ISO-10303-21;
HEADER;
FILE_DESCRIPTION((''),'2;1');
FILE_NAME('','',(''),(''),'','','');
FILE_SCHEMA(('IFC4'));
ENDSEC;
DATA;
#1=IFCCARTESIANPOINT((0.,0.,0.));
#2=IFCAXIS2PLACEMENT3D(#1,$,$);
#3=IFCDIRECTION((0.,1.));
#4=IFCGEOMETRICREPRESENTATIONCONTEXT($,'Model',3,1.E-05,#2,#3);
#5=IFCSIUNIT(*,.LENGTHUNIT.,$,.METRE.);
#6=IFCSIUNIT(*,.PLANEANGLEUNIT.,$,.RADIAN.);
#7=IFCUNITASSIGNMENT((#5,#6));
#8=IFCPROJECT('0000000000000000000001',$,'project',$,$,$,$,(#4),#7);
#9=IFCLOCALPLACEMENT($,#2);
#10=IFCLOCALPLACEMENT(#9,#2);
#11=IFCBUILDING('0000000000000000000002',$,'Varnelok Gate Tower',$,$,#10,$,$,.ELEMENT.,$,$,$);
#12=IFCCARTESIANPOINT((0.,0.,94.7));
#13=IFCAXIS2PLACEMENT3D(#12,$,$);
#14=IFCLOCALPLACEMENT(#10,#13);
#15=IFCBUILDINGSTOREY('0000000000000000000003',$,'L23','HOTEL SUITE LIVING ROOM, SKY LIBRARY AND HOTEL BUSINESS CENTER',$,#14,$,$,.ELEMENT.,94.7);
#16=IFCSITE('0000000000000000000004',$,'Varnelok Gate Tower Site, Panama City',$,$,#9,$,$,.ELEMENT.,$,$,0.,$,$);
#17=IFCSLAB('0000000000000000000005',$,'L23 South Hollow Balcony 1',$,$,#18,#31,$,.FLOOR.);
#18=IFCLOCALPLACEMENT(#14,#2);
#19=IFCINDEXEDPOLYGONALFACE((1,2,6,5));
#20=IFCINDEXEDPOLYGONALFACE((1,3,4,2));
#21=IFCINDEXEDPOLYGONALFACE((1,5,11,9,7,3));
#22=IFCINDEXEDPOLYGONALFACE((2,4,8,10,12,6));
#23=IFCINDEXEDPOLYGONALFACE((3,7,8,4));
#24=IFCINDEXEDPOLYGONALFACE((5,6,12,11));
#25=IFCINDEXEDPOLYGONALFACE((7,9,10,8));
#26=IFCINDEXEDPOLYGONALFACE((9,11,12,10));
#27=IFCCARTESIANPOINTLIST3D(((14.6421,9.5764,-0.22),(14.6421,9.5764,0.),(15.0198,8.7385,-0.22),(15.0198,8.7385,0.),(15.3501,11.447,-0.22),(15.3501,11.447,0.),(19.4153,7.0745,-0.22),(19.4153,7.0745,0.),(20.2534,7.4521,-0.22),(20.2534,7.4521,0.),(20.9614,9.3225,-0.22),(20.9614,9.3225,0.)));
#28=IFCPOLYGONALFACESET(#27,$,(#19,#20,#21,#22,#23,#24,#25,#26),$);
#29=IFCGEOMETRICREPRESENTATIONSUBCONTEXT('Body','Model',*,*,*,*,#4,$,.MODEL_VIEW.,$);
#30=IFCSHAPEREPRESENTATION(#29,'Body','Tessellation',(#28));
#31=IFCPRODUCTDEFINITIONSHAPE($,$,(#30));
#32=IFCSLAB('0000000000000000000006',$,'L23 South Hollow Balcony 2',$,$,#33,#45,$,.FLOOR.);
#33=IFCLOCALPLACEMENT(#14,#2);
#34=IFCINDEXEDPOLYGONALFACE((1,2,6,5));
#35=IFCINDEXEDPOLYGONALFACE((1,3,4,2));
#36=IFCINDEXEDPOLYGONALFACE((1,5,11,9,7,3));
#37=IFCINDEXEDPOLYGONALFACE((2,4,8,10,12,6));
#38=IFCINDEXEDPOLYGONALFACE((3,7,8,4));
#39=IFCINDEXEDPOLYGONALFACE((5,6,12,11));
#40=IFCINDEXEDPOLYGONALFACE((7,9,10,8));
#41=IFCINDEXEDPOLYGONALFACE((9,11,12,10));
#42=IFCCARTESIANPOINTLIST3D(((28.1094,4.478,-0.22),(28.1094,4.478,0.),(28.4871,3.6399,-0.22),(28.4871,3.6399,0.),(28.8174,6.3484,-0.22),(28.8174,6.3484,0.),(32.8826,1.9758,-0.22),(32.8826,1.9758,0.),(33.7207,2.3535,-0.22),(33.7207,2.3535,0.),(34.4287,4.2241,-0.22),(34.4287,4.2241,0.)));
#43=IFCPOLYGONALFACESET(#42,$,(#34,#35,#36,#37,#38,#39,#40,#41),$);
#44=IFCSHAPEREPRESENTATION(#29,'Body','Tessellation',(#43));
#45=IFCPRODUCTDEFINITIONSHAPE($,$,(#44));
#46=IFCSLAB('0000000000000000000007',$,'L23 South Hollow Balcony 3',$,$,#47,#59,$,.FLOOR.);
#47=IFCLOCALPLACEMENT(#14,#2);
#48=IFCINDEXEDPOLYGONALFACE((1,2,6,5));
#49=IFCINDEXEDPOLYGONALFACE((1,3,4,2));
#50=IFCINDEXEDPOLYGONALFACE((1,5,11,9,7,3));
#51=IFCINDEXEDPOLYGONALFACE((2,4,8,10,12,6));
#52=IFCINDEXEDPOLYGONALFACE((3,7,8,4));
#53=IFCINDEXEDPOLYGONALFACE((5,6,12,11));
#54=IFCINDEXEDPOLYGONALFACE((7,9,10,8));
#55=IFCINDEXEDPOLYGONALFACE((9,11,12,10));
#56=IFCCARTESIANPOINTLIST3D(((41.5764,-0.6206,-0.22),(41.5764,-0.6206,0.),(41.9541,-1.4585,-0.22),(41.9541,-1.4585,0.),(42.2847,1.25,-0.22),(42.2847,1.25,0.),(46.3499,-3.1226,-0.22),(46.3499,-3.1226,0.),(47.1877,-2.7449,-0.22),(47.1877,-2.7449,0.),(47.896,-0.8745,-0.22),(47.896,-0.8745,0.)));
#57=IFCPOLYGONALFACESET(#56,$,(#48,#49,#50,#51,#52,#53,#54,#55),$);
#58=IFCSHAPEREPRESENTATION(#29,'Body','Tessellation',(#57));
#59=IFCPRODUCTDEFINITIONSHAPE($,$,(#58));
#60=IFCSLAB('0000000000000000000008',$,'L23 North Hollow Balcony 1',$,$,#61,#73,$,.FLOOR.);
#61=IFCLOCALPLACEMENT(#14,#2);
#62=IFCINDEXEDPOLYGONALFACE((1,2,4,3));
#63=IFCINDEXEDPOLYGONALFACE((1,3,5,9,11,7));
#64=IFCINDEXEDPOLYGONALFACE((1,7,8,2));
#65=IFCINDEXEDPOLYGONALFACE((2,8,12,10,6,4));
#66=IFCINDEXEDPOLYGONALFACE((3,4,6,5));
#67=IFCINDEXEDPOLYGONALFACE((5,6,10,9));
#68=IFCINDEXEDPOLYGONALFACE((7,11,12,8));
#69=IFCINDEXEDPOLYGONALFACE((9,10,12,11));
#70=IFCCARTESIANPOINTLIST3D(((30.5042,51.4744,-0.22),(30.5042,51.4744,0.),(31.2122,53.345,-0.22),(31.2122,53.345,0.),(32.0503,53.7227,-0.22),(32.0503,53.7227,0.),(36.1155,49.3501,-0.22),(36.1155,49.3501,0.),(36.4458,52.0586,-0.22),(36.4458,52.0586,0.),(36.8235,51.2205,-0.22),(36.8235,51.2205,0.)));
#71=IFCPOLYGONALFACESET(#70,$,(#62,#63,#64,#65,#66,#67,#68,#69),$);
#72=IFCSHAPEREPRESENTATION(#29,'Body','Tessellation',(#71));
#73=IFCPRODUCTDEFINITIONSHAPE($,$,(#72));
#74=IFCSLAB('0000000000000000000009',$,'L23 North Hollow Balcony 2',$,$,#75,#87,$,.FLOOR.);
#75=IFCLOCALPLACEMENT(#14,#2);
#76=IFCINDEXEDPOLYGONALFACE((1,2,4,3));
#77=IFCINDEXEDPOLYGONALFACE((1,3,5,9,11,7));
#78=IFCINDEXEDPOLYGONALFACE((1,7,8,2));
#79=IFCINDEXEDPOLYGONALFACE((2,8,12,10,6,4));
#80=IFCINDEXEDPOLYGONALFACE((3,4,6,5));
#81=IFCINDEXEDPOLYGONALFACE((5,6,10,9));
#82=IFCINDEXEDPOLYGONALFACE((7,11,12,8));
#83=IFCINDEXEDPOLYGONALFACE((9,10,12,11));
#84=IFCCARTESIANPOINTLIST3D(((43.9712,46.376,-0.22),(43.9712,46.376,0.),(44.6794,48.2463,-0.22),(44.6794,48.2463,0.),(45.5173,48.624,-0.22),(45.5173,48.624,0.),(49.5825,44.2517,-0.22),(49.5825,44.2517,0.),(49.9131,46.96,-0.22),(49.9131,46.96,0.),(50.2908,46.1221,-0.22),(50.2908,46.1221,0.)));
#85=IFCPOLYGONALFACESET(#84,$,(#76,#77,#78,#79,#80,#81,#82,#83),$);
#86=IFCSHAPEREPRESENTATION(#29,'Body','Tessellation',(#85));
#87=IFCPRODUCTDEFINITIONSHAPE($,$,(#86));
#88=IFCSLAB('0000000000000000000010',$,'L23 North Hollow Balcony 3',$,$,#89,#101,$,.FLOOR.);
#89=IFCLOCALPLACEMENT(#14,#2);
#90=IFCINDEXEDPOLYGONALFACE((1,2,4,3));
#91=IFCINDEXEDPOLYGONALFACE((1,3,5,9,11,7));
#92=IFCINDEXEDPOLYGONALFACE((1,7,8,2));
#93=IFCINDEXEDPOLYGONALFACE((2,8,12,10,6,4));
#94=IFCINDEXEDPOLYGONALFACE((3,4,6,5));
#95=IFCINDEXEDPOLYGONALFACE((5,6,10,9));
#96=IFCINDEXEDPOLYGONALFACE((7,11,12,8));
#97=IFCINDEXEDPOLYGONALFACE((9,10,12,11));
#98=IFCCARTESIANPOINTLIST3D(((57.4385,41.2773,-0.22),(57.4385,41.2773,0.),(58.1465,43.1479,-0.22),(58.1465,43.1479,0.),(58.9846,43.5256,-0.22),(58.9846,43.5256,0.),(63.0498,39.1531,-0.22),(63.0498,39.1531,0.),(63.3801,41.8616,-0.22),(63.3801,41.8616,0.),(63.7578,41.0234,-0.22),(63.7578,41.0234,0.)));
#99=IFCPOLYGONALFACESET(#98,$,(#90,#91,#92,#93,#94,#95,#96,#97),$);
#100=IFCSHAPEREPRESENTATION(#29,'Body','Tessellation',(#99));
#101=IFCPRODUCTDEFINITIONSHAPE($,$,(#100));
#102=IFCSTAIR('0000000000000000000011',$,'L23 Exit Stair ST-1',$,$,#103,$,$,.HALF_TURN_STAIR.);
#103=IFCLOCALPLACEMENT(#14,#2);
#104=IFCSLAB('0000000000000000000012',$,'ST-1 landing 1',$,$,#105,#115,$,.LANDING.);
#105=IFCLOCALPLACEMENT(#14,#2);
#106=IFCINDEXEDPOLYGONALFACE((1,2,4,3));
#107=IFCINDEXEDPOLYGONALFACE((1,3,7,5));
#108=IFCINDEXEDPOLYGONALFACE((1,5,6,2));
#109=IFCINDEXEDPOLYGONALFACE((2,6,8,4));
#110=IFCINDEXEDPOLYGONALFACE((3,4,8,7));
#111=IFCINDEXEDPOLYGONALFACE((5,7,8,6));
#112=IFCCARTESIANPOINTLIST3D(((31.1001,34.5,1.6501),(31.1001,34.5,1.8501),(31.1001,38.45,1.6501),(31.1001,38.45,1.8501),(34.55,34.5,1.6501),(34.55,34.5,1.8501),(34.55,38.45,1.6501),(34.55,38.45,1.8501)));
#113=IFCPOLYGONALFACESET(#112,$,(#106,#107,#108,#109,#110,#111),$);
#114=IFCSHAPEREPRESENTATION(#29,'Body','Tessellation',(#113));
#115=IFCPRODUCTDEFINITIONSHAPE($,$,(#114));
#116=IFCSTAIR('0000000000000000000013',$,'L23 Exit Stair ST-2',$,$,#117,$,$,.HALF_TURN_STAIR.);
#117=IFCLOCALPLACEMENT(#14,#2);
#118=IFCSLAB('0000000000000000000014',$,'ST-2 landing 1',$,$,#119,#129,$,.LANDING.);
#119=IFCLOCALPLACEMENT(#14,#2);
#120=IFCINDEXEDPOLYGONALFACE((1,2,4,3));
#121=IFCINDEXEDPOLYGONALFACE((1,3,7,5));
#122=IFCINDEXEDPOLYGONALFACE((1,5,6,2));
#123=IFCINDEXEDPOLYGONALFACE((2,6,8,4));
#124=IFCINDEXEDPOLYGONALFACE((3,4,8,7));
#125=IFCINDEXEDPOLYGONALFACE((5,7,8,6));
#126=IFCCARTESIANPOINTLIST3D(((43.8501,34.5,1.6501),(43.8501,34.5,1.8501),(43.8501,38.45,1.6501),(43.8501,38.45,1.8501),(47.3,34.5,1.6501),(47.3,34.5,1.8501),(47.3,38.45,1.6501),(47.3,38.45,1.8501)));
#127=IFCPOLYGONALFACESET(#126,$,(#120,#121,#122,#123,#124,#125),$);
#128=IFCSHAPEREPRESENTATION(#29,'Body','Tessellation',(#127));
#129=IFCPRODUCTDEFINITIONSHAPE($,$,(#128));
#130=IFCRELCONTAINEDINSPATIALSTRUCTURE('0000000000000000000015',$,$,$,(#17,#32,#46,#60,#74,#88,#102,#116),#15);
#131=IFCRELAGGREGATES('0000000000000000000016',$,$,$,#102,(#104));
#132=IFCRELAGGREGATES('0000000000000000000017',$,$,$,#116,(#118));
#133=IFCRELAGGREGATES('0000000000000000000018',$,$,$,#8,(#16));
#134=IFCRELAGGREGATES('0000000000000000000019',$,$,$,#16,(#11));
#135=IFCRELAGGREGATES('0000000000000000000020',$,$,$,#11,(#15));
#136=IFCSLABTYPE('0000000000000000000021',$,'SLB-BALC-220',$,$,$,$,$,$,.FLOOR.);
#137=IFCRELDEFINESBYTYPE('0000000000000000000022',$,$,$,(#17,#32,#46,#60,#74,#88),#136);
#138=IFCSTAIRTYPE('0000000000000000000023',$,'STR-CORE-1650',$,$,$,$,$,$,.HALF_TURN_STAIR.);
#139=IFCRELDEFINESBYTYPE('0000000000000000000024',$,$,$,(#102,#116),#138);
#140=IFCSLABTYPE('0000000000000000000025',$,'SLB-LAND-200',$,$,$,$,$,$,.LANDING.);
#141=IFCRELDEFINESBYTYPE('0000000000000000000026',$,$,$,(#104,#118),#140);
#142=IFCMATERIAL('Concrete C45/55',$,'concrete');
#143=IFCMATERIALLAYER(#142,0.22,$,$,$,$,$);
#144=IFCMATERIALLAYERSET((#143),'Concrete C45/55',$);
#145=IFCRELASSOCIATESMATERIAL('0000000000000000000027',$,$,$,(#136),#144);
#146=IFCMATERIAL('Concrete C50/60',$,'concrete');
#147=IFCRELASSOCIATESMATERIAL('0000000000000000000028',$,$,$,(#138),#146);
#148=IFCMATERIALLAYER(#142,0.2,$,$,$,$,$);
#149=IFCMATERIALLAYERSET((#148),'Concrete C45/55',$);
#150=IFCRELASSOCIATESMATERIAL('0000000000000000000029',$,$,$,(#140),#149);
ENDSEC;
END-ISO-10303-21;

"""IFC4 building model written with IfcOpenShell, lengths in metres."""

from ifc_helpers import new_model, si_unit, direction, frame, origin, place, context, subcontext, project, spatial, polyline, outline, extrude, material, layer, layer_set, type_object, element, aggregate, save


model = new_model("IFC4")

# Units and contexts
model_context = context("Model", 3, precision=1e-05, world=origin(), true_north=direction((0.0, 1.0)))
body_context = subcontext(model_context, "Body", "Model", "MODEL_VIEW")
ifc_project = project(units=[si_unit("LENGTHUNIT", "METRE"), si_unit("PLANEANGLEUNIT", "RADIAN")], contexts=[model_context])

# Site, building, storey
site_placement = place(None, origin())
site = spatial("IfcSite", under=ifc_project, at=site_placement, Name="Varnelok Gate Tower Site, Panama City", CompositionType="ELEMENT", RefElevation=0.0)
building_placement = place(site_placement, origin())
building = spatial("IfcBuilding", under=site, at=building_placement, Name="Varnelok Gate Tower", CompositionType="ELEMENT")
storey_placement = place(building_placement, frame((0.0, 0.0, 94.7)))
storey = spatial("IfcBuildingStorey", under=building, at=storey_placement, Name="L23", Description="HOTEL SUITE LIVING ROOM, SKY LIBRARY AND HOTEL BUSINESS CENTER", CompositionType="ELEMENT", Elevation=94.7)

# Slabs
ifc_material_1 = material(Name="Concrete C45/55", Category="concrete")
ifc_layer_1 = layer(ifc_material_1, 0.22)
ifc_layer_set_1 = layer_set([ifc_layer_1], Name="Concrete C45/55")
slab_type_1 = type_object("IfcSlabType", Name="SLB-BALC-220", PredefinedType="FLOOR", material=ifc_layer_set_1)
slab_1_placement = place(storey_placement, frame((0.0, 0.0, -0.22)))
element("IfcSlab", 1, at=slab_1_placement, inside=storey, type_object=slab_type_1, Name="L23 South Hollow Balcony 1", PredefinedType="FLOOR", context=body_context, shape_type="SweptSolid", body=[
    extrude(outline(polyline([(14.6421, 9.5764), (15.0198, 8.7385), (19.4153, 7.0745), (20.2534, 7.4521), (20.9614, 9.3225), (15.3501, 11.447), (14.6421, 9.5764)])), origin(), (0.0, 0.0, 1.0), 0.22),
])
slab_2_placement = place(storey_placement, frame((0.0, 0.0, -0.22)))
element("IfcSlab", 2, at=slab_2_placement, inside=storey, type_object=slab_type_1, Name="L23 South Hollow Balcony 2", PredefinedType="FLOOR", context=body_context, shape_type="SweptSolid", body=[
    extrude(outline(polyline([(28.1094, 4.478), (28.4871, 3.6399), (32.8826, 1.9758), (33.7207, 2.3535), (34.4287, 4.2241), (28.8174, 6.3484), (28.1094, 4.478)])), origin(), (0.0, 0.0, 1.0), 0.22),
])
slab_3_placement = place(storey_placement, frame((0.0, 0.0, -0.22)))
element("IfcSlab", 3, at=slab_3_placement, inside=storey, type_object=slab_type_1, Name="L23 South Hollow Balcony 3", PredefinedType="FLOOR", context=body_context, shape_type="SweptSolid", body=[
    extrude(outline(polyline([(41.5764, -0.6206), (41.9541, -1.4585), (46.3499, -3.1226), (47.1877, -2.7449), (47.896, -0.8745), (42.2847, 1.25), (41.5764, -0.6206)])), origin(), (0.0, 0.0, 1.0), 0.22),
])
slab_4_placement = place(storey_placement, frame((0.0, 0.0, -0.22)))
element("IfcSlab", 4, at=slab_4_placement, inside=storey, type_object=slab_type_1, Name="L23 North Hollow Balcony 1", PredefinedType="FLOOR", context=body_context, shape_type="SweptSolid", body=[
    extrude(outline(polyline([(30.5042, 51.4744), (36.1155, 49.3501), (36.8235, 51.2205), (36.4458, 52.0586), (32.0503, 53.7227), (31.2122, 53.345), (30.5042, 51.4744)])), origin(), (0.0, 0.0, 1.0), 0.22),
])
slab_5_placement = place(storey_placement, frame((0.0, 0.0, -0.22)))
element("IfcSlab", 5, at=slab_5_placement, inside=storey, type_object=slab_type_1, Name="L23 North Hollow Balcony 2", PredefinedType="FLOOR", context=body_context, shape_type="SweptSolid", body=[
    extrude(outline(polyline([(43.9712, 46.376), (49.5825, 44.2517), (50.2908, 46.1221), (49.9131, 46.96), (45.5173, 48.624), (44.6794, 48.2463), (43.9712, 46.376)])), origin(), (0.0, 0.0, 1.0), 0.22),
])
slab_6_placement = place(storey_placement, frame((0.0, 0.0, -0.22)))
element("IfcSlab", 6, at=slab_6_placement, inside=storey, type_object=slab_type_1, Name="L23 North Hollow Balcony 3", PredefinedType="FLOOR", context=body_context, shape_type="SweptSolid", body=[
    extrude(outline(polyline([(57.4385, 41.2773), (63.0498, 39.1531), (63.7578, 41.0234), (63.3801, 41.8616), (58.9846, 43.5256), (58.1465, 43.1479), (57.4385, 41.2773)])), origin(), (0.0, 0.0, 1.0), 0.22),
])

# Stairs, slabs
ifc_material_2 = material(Name="Concrete C50/60", Category="concrete")
stair_type = type_object("IfcStairType", Name="STR-CORE-1650", PredefinedType="HALF_TURN_STAIR", material=ifc_material_2)
stair_1_placement = place(storey_placement, origin())
stair_1 = element("IfcStair", 7, at=stair_1_placement, inside=storey, type_object=stair_type, Name="L23 Exit Stair ST-1", PredefinedType="HALF_TURN_STAIR")
ifc_layer_2 = layer(ifc_material_1, 0.2)
ifc_layer_set_2 = layer_set([ifc_layer_2], Name="Concrete C45/55")
slab_type_2 = type_object("IfcSlabType", Name="SLB-LAND-200", PredefinedType="LANDING", material=ifc_layer_set_2)
slab_7_placement = place(storey_placement, frame((0.0, 0.0, 1.6501)))
slab_7 = element("IfcSlab", 8, at=slab_7_placement, type_object=slab_type_2, Name="ST-1 landing 1", PredefinedType="LANDING", context=body_context, shape_type="SweptSolid", body=[
    extrude(outline(polyline([(34.55, 34.5), (34.55, 38.45), (31.1001, 38.45), (31.1001, 34.5), (34.55, 34.5)])), origin(), (0.0, 0.0, 1.0), 0.2),
])
aggregate(stair_1, [slab_7])
stair_2_placement = place(storey_placement, origin())
stair_2 = element("IfcStair", 9, at=stair_2_placement, inside=storey, type_object=stair_type, Name="L23 Exit Stair ST-2", PredefinedType="HALF_TURN_STAIR")
slab_8_placement = place(storey_placement, frame((0.0, 0.0, 1.6501)))
slab_8 = element("IfcSlab", 10, at=slab_8_placement, type_object=slab_type_2, Name="ST-2 landing 1", PredefinedType="LANDING", context=body_context, shape_type="SweptSolid", body=[
    extrude(outline(polyline([(47.3, 34.5), (47.3, 38.45), (43.8501, 38.45), (43.8501, 34.5), (47.3, 34.5)])), origin(), (0.0, 0.0, 1.0), 0.2),
])
aggregate(stair_2, [slab_8])

save(model, "model.ifc")
